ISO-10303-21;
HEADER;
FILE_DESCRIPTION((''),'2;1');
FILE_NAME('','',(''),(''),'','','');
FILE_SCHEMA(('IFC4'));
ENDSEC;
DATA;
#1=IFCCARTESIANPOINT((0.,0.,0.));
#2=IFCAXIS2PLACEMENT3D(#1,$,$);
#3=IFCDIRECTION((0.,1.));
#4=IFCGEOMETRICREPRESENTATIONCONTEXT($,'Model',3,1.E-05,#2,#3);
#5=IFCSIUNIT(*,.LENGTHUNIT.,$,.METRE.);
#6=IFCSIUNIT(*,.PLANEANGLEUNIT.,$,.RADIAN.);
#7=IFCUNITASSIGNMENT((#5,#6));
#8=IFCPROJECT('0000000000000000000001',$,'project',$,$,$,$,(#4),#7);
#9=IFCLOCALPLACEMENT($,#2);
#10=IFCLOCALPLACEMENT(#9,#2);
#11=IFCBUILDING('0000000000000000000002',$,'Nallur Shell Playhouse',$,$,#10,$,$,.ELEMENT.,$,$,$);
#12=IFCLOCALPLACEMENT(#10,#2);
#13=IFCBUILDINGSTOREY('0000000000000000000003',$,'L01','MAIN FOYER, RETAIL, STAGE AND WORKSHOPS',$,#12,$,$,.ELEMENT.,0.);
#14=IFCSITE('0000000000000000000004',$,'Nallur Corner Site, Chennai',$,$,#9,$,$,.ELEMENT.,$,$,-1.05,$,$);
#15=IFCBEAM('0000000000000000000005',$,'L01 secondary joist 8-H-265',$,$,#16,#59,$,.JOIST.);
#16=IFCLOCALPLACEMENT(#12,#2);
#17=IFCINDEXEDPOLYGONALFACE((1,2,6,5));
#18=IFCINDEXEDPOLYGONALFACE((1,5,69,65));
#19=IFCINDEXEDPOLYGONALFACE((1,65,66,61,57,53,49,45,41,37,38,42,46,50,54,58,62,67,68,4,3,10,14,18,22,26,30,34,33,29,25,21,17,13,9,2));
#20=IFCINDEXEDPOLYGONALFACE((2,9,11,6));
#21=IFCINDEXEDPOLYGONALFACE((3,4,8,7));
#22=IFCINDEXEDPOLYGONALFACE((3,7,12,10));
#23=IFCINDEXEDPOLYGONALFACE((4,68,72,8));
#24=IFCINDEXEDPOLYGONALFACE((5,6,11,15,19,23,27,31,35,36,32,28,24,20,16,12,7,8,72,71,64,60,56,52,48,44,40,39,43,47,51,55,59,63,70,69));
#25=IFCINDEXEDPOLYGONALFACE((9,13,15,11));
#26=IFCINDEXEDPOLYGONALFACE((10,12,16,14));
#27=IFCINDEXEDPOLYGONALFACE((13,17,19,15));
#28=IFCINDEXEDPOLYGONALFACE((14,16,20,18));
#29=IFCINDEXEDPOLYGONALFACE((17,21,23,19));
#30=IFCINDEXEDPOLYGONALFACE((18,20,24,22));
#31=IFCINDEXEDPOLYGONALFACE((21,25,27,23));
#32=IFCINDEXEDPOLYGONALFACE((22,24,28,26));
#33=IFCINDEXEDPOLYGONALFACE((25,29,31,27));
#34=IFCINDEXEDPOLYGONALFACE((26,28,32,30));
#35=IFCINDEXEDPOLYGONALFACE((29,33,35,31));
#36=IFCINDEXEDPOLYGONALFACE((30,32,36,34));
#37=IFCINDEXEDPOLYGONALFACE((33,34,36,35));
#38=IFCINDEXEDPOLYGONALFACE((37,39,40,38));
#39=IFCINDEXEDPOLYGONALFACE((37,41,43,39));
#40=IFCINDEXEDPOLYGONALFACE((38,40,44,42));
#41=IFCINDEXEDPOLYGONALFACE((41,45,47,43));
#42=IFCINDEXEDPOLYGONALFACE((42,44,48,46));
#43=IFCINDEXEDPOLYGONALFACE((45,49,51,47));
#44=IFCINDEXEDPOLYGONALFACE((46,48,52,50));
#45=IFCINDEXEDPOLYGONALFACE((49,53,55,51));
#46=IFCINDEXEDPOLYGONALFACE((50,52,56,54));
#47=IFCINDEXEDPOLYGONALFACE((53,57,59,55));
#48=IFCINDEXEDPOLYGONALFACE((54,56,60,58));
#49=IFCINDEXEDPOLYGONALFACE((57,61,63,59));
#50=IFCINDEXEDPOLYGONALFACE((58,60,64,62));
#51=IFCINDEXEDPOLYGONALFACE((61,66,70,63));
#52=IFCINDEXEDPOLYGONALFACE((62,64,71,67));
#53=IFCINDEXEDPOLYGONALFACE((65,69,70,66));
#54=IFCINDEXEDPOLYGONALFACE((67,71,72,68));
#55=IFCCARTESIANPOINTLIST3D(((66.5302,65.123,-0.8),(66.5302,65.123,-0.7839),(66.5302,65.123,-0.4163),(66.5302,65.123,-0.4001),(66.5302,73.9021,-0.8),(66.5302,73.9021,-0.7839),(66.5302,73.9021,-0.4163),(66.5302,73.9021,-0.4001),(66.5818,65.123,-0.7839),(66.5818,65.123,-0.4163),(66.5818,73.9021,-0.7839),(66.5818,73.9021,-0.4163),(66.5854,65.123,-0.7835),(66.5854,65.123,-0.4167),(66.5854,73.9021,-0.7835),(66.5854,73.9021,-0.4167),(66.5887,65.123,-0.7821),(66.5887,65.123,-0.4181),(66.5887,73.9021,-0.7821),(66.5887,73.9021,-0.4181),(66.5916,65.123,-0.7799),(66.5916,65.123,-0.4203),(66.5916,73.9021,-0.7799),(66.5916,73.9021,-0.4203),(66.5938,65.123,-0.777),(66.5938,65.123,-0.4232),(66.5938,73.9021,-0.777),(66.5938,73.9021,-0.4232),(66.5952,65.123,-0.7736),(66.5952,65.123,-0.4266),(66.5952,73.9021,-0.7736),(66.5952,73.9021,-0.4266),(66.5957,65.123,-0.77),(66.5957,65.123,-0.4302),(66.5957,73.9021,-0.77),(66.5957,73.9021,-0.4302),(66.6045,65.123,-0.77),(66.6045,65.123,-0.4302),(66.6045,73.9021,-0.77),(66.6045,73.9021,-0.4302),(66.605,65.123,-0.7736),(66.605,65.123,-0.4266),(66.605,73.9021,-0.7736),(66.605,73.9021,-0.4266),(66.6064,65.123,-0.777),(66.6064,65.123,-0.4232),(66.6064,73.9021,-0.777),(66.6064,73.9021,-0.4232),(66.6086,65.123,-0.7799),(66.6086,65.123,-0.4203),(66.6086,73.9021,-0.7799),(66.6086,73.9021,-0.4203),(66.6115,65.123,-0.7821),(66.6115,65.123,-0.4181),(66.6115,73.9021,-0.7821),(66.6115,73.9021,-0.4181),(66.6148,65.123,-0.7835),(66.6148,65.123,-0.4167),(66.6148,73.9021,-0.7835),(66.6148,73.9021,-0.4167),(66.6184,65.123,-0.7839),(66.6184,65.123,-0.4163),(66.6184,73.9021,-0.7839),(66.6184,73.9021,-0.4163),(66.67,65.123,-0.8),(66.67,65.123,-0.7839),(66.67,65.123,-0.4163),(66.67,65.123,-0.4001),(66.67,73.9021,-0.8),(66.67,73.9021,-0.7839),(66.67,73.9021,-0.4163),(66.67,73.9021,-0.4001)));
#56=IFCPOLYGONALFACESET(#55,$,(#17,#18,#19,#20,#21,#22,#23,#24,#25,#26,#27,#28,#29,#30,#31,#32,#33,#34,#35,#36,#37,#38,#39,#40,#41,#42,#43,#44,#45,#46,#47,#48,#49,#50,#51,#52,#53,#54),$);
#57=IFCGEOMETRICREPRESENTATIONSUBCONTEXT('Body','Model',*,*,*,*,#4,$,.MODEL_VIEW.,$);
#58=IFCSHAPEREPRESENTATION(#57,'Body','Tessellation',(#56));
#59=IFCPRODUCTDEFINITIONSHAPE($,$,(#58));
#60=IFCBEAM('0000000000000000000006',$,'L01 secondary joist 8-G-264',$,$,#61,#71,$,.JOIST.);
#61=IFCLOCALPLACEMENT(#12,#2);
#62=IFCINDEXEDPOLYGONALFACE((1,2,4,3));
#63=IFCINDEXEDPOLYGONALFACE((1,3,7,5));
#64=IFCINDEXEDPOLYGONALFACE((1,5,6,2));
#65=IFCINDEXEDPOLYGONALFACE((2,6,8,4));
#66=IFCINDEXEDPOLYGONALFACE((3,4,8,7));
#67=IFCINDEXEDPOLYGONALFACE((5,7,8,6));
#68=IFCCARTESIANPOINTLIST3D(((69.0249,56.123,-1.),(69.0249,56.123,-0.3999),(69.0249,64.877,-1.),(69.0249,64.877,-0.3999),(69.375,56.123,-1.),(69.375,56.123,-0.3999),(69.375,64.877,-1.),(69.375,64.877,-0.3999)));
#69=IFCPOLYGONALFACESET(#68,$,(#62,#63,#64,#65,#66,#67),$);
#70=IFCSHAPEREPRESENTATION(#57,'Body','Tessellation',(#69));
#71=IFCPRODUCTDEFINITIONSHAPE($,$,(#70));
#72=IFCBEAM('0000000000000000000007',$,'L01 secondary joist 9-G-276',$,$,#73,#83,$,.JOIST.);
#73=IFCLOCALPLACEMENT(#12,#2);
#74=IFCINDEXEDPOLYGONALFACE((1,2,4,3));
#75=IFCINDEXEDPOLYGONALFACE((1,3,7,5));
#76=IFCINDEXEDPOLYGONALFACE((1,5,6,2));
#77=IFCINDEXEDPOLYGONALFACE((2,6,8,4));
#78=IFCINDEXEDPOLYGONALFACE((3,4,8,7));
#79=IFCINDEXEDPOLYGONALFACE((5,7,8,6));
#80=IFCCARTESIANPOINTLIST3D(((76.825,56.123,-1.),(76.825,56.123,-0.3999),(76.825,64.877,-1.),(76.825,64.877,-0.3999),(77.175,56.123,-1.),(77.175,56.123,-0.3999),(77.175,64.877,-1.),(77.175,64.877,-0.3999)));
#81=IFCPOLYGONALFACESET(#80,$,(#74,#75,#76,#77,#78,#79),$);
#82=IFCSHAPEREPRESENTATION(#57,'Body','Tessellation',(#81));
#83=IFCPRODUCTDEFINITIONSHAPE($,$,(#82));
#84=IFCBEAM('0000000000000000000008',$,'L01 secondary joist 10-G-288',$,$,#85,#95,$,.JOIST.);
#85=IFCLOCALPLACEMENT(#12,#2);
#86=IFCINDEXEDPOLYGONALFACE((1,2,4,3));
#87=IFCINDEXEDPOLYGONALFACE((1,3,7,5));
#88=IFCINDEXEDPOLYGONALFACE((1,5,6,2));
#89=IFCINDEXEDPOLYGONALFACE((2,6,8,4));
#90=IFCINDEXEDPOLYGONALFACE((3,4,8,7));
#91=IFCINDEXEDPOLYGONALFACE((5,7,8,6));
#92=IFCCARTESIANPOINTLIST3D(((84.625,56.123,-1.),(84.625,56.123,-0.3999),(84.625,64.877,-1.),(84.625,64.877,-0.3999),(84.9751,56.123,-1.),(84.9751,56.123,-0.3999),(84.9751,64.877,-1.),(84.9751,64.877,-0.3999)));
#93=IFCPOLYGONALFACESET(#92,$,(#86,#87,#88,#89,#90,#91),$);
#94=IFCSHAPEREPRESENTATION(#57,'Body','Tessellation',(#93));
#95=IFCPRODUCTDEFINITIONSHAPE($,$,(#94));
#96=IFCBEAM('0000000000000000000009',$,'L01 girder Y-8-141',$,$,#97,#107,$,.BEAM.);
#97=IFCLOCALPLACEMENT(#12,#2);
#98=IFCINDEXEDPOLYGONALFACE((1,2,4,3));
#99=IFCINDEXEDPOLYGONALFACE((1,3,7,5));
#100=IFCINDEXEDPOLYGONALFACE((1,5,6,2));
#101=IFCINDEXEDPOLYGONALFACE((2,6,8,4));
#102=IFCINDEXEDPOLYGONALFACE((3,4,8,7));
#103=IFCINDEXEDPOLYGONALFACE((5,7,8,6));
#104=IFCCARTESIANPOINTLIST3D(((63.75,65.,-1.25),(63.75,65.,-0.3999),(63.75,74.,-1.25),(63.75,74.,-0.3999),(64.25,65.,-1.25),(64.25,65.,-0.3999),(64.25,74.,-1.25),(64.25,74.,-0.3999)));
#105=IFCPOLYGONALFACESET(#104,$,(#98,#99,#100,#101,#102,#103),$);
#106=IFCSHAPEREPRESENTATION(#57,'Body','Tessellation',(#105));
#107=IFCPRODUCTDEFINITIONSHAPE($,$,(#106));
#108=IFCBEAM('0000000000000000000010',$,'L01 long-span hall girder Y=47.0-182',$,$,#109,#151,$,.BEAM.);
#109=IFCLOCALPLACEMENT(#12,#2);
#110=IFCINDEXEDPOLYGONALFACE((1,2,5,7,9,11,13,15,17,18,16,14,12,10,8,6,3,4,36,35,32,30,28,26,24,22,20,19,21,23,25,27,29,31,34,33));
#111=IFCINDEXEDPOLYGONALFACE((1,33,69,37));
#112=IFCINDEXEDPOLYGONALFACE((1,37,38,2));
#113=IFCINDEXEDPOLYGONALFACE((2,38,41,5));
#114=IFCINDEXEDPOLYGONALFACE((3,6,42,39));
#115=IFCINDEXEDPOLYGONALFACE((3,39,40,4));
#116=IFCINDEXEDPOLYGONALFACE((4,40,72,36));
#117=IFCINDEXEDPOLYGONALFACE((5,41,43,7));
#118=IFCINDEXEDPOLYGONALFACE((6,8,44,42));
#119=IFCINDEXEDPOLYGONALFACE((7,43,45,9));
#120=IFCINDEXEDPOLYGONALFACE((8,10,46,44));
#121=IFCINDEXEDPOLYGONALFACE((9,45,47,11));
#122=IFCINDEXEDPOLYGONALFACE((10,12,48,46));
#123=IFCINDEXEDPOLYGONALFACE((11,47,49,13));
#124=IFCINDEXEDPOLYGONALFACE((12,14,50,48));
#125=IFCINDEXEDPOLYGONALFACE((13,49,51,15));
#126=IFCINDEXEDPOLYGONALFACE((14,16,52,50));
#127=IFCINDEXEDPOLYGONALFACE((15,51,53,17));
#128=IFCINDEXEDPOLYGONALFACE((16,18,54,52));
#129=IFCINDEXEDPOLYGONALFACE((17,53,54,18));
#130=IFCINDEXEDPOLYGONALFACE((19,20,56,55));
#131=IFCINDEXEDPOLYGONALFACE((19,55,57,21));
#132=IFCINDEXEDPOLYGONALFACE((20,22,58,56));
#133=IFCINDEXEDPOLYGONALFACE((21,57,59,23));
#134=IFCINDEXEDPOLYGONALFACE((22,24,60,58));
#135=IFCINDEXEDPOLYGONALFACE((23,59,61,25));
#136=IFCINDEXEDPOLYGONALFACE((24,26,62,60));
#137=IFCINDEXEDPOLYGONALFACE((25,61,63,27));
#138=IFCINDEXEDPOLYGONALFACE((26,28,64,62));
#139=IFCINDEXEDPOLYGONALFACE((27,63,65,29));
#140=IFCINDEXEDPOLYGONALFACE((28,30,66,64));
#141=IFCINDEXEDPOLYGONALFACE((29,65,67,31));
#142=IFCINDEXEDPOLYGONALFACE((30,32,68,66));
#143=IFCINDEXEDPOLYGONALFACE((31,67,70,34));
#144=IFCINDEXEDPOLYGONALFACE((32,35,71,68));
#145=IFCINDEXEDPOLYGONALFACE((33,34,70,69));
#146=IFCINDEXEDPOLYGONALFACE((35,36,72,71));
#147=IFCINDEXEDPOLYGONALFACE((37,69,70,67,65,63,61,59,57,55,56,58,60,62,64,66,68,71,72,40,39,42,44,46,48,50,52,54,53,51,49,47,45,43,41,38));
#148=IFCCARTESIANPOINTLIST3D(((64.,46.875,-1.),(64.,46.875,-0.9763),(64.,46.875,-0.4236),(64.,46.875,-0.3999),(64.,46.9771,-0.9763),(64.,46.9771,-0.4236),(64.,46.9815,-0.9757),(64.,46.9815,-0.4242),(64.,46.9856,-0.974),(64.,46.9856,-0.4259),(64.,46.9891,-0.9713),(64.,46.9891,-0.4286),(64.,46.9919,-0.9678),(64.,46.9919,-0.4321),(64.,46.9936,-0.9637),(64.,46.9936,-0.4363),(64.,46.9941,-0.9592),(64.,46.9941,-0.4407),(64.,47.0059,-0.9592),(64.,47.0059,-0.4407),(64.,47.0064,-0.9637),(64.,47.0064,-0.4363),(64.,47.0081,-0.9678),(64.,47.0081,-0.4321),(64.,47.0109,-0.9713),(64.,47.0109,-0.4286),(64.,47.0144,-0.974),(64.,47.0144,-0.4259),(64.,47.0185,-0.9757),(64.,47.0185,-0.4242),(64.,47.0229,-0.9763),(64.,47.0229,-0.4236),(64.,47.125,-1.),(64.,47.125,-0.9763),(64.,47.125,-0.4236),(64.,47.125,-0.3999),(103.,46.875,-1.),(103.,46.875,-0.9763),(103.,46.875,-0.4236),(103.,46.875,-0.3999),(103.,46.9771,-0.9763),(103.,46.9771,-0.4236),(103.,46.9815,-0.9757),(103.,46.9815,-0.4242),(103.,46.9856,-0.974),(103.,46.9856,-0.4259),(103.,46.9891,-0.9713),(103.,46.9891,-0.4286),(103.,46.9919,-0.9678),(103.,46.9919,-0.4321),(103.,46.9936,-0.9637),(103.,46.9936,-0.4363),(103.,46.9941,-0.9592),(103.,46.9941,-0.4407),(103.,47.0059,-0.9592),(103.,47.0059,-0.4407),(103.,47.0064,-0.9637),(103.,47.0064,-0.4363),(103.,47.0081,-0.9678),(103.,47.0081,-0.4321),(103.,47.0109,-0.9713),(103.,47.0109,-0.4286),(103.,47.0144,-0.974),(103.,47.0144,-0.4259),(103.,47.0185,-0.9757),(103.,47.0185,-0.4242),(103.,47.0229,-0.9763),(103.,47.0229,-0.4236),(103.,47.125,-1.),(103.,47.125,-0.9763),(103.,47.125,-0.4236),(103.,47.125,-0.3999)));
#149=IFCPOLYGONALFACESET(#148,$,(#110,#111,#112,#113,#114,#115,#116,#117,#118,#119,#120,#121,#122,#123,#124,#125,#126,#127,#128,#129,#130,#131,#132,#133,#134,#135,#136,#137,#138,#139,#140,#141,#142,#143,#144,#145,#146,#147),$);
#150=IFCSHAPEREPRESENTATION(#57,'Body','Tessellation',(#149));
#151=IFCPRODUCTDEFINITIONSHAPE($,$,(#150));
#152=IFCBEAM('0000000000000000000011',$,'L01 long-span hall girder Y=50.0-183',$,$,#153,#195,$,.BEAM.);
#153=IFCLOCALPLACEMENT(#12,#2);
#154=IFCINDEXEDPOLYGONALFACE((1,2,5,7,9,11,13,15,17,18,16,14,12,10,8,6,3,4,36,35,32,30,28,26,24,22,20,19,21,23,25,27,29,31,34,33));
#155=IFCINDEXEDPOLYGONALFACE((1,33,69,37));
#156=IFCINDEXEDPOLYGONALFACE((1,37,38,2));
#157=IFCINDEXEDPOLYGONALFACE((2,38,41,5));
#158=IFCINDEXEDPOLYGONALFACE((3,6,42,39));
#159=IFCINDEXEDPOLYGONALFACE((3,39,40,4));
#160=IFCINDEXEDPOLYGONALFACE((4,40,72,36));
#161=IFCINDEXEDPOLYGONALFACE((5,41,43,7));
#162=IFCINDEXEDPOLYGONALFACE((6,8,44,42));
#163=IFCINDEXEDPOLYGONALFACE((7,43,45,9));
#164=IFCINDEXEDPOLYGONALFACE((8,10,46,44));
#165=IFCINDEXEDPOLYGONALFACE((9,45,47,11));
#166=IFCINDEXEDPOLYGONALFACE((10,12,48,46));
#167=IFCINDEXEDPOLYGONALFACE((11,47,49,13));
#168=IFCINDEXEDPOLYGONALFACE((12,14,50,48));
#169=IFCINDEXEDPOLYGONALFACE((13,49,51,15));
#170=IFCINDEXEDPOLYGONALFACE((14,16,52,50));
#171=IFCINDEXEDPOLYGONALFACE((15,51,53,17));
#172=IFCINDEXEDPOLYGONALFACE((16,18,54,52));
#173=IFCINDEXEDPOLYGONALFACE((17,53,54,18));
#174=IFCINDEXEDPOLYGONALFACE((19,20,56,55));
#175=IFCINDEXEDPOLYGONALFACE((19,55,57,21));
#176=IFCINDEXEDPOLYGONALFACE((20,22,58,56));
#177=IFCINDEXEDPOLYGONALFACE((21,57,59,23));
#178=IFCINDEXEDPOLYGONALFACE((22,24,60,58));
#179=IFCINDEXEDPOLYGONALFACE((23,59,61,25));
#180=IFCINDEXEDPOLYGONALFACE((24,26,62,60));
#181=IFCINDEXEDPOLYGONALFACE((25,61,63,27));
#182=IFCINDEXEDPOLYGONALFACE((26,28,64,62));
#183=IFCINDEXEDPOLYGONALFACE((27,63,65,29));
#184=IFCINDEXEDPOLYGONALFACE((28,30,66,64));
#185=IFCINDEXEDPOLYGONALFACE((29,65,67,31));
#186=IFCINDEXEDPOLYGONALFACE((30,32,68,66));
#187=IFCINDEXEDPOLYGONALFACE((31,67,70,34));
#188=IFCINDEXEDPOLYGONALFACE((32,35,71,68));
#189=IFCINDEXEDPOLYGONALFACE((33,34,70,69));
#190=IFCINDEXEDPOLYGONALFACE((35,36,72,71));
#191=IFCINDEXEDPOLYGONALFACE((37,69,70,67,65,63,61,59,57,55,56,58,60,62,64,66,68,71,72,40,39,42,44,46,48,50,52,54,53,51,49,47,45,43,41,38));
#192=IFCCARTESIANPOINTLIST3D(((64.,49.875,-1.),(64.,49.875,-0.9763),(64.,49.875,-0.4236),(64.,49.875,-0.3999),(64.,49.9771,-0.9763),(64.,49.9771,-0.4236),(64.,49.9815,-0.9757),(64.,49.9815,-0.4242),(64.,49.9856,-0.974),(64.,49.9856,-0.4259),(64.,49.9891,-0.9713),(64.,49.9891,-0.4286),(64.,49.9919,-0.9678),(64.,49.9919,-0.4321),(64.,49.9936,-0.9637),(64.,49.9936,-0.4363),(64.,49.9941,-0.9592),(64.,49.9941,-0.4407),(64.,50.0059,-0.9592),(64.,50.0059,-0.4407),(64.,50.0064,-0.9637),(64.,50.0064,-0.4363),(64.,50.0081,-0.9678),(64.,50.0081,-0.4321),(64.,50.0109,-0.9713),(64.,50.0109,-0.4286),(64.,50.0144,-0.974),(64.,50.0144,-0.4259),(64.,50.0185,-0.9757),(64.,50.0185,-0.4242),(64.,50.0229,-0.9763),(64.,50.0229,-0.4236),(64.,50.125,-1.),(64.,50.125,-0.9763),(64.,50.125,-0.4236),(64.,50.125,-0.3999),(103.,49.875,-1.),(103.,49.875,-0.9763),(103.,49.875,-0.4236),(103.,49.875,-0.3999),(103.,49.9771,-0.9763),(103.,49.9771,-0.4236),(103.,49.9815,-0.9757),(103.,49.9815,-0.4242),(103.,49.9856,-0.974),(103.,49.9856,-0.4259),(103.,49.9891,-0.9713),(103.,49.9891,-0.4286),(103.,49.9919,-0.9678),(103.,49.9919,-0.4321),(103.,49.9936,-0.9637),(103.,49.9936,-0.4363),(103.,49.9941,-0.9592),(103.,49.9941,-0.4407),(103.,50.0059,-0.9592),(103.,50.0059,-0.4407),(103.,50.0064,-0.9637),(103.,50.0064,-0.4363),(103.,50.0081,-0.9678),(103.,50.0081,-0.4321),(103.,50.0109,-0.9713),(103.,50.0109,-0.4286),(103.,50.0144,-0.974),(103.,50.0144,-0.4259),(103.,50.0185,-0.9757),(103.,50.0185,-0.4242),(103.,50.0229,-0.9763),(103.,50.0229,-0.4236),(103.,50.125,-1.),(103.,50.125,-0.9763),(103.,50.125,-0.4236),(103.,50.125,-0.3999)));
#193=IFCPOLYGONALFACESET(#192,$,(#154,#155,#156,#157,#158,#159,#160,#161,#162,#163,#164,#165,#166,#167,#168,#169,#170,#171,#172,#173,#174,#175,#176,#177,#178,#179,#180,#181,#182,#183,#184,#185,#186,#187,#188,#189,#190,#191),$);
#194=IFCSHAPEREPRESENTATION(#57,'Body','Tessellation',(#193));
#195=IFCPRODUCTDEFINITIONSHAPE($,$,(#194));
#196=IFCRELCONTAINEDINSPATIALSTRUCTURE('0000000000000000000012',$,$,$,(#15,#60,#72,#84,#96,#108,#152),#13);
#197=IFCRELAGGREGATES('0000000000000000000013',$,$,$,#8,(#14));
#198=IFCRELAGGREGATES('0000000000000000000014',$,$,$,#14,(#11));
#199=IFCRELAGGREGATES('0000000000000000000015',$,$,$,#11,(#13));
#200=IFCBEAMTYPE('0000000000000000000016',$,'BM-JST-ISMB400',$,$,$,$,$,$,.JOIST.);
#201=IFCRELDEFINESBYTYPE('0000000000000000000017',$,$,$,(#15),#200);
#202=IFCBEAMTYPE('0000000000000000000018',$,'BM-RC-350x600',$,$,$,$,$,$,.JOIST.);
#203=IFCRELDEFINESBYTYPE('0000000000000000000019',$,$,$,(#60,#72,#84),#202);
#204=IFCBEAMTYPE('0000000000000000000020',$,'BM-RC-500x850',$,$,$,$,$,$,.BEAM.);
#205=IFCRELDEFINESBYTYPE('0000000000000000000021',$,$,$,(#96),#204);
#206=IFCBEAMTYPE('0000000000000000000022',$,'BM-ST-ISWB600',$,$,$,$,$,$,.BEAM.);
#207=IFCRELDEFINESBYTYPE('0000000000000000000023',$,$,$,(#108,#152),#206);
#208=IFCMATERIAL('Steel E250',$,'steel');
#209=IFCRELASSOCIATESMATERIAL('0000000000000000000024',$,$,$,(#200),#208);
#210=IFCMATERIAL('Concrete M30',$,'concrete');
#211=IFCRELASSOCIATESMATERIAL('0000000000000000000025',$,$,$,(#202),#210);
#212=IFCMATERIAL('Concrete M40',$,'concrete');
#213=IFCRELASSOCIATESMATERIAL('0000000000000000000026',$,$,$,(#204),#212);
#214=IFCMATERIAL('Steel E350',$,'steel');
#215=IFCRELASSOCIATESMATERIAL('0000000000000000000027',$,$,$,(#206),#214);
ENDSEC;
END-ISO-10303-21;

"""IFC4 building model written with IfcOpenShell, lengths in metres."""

from ifc_helpers import new_model, si_unit, direction, frame, origin, origin_2d, place, context, subcontext, project, spatial, rectangle, i_section, extrude, material, material_profile, profile_set, type_object, element, save


model = new_model("IFC4")

# Units and contexts
model_context = context("Model", 3, precision=1e-05, world=origin(), true_north=direction((0.0, 1.0)))
body_context = subcontext(model_context, "Body", "Model", "MODEL_VIEW")
ifc_project = project(units=[si_unit("LENGTHUNIT", "METRE"), si_unit("PLANEANGLEUNIT", "RADIAN")], contexts=[model_context])

# Site, building, storey
site_placement = place(None, origin())
site = spatial("IfcSite", under=ifc_project, at=site_placement, Name="Nallur Corner Site, Chennai", CompositionType="ELEMENT", RefElevation=-1.05)
building_placement = place(site_placement, origin())
building = spatial("IfcBuilding", under=site, at=building_placement, Name="Nallur Shell Playhouse", CompositionType="ELEMENT")
storey_placement = place(building_placement, origin())
storey = spatial("IfcBuildingStorey", under=building, at=storey_placement, Name="L01", Description="MAIN FOYER, RETAIL, STAGE AND WORKSHOPS", CompositionType="ELEMENT", Elevation=0.0)

# Shared definitions
ifc_material_1 = material(Name="Steel E350", Category="steel")

# Beams
ifc_material_2 = material(Name="Steel E250", Category="steel")
ifc_material_profile_1 = material_profile(ifc_material_2, i_section(OverallWidth=0.1399, OverallDepth=0.3999, WebThickness=0.0088, FlangeThickness=0.0161, FilletRadius=0.0139, at=origin_2d()), Name="ISMB 400")
ifc_profile_set_1 = profile_set([ifc_material_profile_1], Name="Steel E250")
beam_type_1 = type_object("IfcBeamType", Name="BM-JST-ISMB400", PredefinedType="JOIST", material=ifc_profile_set_1)
beam_1_placement = place(storey_placement, frame((66.6001, 65.123, -0.6001), z_axis=(0.0, 1.0, 0.0), x_axis=(-1.0, 0.0, 0.0)))
element("IfcBeam", 1, at=beam_1_placement, inside=storey, type_object=beam_type_1, Name="L01 secondary joist 8-H-265", PredefinedType="JOIST", context=body_context, shape_type="SweptSolid", body=[
    extrude(i_section(OverallWidth=0.1399, OverallDepth=0.3999, WebThickness=0.0088, FlangeThickness=0.0161, FilletRadius=0.0139, at=origin_2d()), origin(), (0.0, 0.0, 1.0), 8.7791),
])
ifc_material_3 = material(Name="Concrete M30", Category="concrete")
ifc_material_profile_2 = material_profile(ifc_material_3, rectangle(XDim=0.3501, YDim=0.6001, at=origin_2d()), Name="RC 350x600")
ifc_profile_set_2 = profile_set([ifc_material_profile_2], Name="Concrete M30")
beam_type_2 = type_object("IfcBeamType", Name="BM-RC-350x600", PredefinedType="JOIST", material=ifc_profile_set_2)
for number, where, z_axis, x_axis, name in (
    (2, (69.2, 56.123, -0.7), (0.0, 1.0, 0.0), (-1.0, 0.0, 0.0), "L01 secondary joist 8-G-264"),
    (3, (77.0, 56.123, -0.7), (0.0, 1.0, 0.0), (-1.0, 0.0, 0.0), "L01 secondary joist 9-G-276"),
    (4, (84.8, 56.123, -0.7), (0.0, 1.0, 0.0), (-1.0, 0.0, 0.0), "L01 secondary joist 10-G-288"),
):
    element("IfcBeam", number, at=place(storey_placement, frame(where, z_axis=z_axis, x_axis=x_axis)), inside=storey, type_object=beam_type_2, Name=name, PredefinedType="JOIST", context=body_context, shape_type="SweptSolid", body=[
        extrude(rectangle(XDim=0.3501, YDim=0.6001, at=origin_2d()), origin(), (0.0, 0.0, 1.0), 8.7539),
    ])
ifc_material_4 = material(Name="Concrete M40", Category="concrete")
ifc_material_profile_3 = material_profile(ifc_material_4, rectangle(XDim=0.5, YDim=0.8501, at=origin_2d()), Name="RC 500x850")
ifc_profile_set_3 = profile_set([ifc_material_profile_3], Name="Concrete M40")
beam_type_3 = type_object("IfcBeamType", Name="BM-RC-500x850", PredefinedType="BEAM", material=ifc_profile_set_3)
beam_2_placement = place(storey_placement, frame((64.0, 65.0, -0.825), z_axis=(0.0, 1.0, 0.0), x_axis=(-1.0, 0.0, 0.0)))
element("IfcBeam", 5, at=beam_2_placement, inside=storey, type_object=beam_type_3, Name="L01 girder Y-8-141", PredefinedType="BEAM", context=body_context, shape_type="SweptSolid", body=[
    extrude(rectangle(XDim=0.5, YDim=0.8501, at=origin_2d()), origin(), (0.0, 0.0, 1.0), 9.0),
])
ifc_material_profile_4 = material_profile(ifc_material_1, i_section(OverallWidth=0.25, OverallDepth=0.6001, WebThickness=0.0117, FlangeThickness=0.0237, FilletRadius=0.0171, at=origin_2d()), Name="ISWB 600")
ifc_profile_set_4 = profile_set([ifc_material_profile_4], Name="Steel E350")
beam_type_4 = type_object("IfcBeamType", Name="BM-ST-ISWB600", PredefinedType="BEAM", material=ifc_profile_set_4)
for number, where, z_axis, x_axis, name in (
    (6, (64.0, 47.0, -0.7), (1.0, 0.0, 0.0), (0.0, 1.0, 0.0), "L01 long-span hall girder Y=47.0-182"),
    (7, (64.0, 50.0, -0.7), (1.0, 0.0, 0.0), (0.0, 1.0, 0.0), "L01 long-span hall girder Y=50.0-183"),
):
    element("IfcBeam", number, at=place(storey_placement, frame(where, z_axis=z_axis, x_axis=x_axis)), inside=storey, type_object=beam_type_4, Name=name, PredefinedType="BEAM", context=body_context, shape_type="SweptSolid", body=[
        extrude(i_section(OverallWidth=0.25, OverallDepth=0.6001, WebThickness=0.0117, FlangeThickness=0.0237, FilletRadius=0.0171, at=origin_2d()), origin(), (0.0, 0.0, 1.0), 39.0),
    ])

save(model, "model.ifc")
